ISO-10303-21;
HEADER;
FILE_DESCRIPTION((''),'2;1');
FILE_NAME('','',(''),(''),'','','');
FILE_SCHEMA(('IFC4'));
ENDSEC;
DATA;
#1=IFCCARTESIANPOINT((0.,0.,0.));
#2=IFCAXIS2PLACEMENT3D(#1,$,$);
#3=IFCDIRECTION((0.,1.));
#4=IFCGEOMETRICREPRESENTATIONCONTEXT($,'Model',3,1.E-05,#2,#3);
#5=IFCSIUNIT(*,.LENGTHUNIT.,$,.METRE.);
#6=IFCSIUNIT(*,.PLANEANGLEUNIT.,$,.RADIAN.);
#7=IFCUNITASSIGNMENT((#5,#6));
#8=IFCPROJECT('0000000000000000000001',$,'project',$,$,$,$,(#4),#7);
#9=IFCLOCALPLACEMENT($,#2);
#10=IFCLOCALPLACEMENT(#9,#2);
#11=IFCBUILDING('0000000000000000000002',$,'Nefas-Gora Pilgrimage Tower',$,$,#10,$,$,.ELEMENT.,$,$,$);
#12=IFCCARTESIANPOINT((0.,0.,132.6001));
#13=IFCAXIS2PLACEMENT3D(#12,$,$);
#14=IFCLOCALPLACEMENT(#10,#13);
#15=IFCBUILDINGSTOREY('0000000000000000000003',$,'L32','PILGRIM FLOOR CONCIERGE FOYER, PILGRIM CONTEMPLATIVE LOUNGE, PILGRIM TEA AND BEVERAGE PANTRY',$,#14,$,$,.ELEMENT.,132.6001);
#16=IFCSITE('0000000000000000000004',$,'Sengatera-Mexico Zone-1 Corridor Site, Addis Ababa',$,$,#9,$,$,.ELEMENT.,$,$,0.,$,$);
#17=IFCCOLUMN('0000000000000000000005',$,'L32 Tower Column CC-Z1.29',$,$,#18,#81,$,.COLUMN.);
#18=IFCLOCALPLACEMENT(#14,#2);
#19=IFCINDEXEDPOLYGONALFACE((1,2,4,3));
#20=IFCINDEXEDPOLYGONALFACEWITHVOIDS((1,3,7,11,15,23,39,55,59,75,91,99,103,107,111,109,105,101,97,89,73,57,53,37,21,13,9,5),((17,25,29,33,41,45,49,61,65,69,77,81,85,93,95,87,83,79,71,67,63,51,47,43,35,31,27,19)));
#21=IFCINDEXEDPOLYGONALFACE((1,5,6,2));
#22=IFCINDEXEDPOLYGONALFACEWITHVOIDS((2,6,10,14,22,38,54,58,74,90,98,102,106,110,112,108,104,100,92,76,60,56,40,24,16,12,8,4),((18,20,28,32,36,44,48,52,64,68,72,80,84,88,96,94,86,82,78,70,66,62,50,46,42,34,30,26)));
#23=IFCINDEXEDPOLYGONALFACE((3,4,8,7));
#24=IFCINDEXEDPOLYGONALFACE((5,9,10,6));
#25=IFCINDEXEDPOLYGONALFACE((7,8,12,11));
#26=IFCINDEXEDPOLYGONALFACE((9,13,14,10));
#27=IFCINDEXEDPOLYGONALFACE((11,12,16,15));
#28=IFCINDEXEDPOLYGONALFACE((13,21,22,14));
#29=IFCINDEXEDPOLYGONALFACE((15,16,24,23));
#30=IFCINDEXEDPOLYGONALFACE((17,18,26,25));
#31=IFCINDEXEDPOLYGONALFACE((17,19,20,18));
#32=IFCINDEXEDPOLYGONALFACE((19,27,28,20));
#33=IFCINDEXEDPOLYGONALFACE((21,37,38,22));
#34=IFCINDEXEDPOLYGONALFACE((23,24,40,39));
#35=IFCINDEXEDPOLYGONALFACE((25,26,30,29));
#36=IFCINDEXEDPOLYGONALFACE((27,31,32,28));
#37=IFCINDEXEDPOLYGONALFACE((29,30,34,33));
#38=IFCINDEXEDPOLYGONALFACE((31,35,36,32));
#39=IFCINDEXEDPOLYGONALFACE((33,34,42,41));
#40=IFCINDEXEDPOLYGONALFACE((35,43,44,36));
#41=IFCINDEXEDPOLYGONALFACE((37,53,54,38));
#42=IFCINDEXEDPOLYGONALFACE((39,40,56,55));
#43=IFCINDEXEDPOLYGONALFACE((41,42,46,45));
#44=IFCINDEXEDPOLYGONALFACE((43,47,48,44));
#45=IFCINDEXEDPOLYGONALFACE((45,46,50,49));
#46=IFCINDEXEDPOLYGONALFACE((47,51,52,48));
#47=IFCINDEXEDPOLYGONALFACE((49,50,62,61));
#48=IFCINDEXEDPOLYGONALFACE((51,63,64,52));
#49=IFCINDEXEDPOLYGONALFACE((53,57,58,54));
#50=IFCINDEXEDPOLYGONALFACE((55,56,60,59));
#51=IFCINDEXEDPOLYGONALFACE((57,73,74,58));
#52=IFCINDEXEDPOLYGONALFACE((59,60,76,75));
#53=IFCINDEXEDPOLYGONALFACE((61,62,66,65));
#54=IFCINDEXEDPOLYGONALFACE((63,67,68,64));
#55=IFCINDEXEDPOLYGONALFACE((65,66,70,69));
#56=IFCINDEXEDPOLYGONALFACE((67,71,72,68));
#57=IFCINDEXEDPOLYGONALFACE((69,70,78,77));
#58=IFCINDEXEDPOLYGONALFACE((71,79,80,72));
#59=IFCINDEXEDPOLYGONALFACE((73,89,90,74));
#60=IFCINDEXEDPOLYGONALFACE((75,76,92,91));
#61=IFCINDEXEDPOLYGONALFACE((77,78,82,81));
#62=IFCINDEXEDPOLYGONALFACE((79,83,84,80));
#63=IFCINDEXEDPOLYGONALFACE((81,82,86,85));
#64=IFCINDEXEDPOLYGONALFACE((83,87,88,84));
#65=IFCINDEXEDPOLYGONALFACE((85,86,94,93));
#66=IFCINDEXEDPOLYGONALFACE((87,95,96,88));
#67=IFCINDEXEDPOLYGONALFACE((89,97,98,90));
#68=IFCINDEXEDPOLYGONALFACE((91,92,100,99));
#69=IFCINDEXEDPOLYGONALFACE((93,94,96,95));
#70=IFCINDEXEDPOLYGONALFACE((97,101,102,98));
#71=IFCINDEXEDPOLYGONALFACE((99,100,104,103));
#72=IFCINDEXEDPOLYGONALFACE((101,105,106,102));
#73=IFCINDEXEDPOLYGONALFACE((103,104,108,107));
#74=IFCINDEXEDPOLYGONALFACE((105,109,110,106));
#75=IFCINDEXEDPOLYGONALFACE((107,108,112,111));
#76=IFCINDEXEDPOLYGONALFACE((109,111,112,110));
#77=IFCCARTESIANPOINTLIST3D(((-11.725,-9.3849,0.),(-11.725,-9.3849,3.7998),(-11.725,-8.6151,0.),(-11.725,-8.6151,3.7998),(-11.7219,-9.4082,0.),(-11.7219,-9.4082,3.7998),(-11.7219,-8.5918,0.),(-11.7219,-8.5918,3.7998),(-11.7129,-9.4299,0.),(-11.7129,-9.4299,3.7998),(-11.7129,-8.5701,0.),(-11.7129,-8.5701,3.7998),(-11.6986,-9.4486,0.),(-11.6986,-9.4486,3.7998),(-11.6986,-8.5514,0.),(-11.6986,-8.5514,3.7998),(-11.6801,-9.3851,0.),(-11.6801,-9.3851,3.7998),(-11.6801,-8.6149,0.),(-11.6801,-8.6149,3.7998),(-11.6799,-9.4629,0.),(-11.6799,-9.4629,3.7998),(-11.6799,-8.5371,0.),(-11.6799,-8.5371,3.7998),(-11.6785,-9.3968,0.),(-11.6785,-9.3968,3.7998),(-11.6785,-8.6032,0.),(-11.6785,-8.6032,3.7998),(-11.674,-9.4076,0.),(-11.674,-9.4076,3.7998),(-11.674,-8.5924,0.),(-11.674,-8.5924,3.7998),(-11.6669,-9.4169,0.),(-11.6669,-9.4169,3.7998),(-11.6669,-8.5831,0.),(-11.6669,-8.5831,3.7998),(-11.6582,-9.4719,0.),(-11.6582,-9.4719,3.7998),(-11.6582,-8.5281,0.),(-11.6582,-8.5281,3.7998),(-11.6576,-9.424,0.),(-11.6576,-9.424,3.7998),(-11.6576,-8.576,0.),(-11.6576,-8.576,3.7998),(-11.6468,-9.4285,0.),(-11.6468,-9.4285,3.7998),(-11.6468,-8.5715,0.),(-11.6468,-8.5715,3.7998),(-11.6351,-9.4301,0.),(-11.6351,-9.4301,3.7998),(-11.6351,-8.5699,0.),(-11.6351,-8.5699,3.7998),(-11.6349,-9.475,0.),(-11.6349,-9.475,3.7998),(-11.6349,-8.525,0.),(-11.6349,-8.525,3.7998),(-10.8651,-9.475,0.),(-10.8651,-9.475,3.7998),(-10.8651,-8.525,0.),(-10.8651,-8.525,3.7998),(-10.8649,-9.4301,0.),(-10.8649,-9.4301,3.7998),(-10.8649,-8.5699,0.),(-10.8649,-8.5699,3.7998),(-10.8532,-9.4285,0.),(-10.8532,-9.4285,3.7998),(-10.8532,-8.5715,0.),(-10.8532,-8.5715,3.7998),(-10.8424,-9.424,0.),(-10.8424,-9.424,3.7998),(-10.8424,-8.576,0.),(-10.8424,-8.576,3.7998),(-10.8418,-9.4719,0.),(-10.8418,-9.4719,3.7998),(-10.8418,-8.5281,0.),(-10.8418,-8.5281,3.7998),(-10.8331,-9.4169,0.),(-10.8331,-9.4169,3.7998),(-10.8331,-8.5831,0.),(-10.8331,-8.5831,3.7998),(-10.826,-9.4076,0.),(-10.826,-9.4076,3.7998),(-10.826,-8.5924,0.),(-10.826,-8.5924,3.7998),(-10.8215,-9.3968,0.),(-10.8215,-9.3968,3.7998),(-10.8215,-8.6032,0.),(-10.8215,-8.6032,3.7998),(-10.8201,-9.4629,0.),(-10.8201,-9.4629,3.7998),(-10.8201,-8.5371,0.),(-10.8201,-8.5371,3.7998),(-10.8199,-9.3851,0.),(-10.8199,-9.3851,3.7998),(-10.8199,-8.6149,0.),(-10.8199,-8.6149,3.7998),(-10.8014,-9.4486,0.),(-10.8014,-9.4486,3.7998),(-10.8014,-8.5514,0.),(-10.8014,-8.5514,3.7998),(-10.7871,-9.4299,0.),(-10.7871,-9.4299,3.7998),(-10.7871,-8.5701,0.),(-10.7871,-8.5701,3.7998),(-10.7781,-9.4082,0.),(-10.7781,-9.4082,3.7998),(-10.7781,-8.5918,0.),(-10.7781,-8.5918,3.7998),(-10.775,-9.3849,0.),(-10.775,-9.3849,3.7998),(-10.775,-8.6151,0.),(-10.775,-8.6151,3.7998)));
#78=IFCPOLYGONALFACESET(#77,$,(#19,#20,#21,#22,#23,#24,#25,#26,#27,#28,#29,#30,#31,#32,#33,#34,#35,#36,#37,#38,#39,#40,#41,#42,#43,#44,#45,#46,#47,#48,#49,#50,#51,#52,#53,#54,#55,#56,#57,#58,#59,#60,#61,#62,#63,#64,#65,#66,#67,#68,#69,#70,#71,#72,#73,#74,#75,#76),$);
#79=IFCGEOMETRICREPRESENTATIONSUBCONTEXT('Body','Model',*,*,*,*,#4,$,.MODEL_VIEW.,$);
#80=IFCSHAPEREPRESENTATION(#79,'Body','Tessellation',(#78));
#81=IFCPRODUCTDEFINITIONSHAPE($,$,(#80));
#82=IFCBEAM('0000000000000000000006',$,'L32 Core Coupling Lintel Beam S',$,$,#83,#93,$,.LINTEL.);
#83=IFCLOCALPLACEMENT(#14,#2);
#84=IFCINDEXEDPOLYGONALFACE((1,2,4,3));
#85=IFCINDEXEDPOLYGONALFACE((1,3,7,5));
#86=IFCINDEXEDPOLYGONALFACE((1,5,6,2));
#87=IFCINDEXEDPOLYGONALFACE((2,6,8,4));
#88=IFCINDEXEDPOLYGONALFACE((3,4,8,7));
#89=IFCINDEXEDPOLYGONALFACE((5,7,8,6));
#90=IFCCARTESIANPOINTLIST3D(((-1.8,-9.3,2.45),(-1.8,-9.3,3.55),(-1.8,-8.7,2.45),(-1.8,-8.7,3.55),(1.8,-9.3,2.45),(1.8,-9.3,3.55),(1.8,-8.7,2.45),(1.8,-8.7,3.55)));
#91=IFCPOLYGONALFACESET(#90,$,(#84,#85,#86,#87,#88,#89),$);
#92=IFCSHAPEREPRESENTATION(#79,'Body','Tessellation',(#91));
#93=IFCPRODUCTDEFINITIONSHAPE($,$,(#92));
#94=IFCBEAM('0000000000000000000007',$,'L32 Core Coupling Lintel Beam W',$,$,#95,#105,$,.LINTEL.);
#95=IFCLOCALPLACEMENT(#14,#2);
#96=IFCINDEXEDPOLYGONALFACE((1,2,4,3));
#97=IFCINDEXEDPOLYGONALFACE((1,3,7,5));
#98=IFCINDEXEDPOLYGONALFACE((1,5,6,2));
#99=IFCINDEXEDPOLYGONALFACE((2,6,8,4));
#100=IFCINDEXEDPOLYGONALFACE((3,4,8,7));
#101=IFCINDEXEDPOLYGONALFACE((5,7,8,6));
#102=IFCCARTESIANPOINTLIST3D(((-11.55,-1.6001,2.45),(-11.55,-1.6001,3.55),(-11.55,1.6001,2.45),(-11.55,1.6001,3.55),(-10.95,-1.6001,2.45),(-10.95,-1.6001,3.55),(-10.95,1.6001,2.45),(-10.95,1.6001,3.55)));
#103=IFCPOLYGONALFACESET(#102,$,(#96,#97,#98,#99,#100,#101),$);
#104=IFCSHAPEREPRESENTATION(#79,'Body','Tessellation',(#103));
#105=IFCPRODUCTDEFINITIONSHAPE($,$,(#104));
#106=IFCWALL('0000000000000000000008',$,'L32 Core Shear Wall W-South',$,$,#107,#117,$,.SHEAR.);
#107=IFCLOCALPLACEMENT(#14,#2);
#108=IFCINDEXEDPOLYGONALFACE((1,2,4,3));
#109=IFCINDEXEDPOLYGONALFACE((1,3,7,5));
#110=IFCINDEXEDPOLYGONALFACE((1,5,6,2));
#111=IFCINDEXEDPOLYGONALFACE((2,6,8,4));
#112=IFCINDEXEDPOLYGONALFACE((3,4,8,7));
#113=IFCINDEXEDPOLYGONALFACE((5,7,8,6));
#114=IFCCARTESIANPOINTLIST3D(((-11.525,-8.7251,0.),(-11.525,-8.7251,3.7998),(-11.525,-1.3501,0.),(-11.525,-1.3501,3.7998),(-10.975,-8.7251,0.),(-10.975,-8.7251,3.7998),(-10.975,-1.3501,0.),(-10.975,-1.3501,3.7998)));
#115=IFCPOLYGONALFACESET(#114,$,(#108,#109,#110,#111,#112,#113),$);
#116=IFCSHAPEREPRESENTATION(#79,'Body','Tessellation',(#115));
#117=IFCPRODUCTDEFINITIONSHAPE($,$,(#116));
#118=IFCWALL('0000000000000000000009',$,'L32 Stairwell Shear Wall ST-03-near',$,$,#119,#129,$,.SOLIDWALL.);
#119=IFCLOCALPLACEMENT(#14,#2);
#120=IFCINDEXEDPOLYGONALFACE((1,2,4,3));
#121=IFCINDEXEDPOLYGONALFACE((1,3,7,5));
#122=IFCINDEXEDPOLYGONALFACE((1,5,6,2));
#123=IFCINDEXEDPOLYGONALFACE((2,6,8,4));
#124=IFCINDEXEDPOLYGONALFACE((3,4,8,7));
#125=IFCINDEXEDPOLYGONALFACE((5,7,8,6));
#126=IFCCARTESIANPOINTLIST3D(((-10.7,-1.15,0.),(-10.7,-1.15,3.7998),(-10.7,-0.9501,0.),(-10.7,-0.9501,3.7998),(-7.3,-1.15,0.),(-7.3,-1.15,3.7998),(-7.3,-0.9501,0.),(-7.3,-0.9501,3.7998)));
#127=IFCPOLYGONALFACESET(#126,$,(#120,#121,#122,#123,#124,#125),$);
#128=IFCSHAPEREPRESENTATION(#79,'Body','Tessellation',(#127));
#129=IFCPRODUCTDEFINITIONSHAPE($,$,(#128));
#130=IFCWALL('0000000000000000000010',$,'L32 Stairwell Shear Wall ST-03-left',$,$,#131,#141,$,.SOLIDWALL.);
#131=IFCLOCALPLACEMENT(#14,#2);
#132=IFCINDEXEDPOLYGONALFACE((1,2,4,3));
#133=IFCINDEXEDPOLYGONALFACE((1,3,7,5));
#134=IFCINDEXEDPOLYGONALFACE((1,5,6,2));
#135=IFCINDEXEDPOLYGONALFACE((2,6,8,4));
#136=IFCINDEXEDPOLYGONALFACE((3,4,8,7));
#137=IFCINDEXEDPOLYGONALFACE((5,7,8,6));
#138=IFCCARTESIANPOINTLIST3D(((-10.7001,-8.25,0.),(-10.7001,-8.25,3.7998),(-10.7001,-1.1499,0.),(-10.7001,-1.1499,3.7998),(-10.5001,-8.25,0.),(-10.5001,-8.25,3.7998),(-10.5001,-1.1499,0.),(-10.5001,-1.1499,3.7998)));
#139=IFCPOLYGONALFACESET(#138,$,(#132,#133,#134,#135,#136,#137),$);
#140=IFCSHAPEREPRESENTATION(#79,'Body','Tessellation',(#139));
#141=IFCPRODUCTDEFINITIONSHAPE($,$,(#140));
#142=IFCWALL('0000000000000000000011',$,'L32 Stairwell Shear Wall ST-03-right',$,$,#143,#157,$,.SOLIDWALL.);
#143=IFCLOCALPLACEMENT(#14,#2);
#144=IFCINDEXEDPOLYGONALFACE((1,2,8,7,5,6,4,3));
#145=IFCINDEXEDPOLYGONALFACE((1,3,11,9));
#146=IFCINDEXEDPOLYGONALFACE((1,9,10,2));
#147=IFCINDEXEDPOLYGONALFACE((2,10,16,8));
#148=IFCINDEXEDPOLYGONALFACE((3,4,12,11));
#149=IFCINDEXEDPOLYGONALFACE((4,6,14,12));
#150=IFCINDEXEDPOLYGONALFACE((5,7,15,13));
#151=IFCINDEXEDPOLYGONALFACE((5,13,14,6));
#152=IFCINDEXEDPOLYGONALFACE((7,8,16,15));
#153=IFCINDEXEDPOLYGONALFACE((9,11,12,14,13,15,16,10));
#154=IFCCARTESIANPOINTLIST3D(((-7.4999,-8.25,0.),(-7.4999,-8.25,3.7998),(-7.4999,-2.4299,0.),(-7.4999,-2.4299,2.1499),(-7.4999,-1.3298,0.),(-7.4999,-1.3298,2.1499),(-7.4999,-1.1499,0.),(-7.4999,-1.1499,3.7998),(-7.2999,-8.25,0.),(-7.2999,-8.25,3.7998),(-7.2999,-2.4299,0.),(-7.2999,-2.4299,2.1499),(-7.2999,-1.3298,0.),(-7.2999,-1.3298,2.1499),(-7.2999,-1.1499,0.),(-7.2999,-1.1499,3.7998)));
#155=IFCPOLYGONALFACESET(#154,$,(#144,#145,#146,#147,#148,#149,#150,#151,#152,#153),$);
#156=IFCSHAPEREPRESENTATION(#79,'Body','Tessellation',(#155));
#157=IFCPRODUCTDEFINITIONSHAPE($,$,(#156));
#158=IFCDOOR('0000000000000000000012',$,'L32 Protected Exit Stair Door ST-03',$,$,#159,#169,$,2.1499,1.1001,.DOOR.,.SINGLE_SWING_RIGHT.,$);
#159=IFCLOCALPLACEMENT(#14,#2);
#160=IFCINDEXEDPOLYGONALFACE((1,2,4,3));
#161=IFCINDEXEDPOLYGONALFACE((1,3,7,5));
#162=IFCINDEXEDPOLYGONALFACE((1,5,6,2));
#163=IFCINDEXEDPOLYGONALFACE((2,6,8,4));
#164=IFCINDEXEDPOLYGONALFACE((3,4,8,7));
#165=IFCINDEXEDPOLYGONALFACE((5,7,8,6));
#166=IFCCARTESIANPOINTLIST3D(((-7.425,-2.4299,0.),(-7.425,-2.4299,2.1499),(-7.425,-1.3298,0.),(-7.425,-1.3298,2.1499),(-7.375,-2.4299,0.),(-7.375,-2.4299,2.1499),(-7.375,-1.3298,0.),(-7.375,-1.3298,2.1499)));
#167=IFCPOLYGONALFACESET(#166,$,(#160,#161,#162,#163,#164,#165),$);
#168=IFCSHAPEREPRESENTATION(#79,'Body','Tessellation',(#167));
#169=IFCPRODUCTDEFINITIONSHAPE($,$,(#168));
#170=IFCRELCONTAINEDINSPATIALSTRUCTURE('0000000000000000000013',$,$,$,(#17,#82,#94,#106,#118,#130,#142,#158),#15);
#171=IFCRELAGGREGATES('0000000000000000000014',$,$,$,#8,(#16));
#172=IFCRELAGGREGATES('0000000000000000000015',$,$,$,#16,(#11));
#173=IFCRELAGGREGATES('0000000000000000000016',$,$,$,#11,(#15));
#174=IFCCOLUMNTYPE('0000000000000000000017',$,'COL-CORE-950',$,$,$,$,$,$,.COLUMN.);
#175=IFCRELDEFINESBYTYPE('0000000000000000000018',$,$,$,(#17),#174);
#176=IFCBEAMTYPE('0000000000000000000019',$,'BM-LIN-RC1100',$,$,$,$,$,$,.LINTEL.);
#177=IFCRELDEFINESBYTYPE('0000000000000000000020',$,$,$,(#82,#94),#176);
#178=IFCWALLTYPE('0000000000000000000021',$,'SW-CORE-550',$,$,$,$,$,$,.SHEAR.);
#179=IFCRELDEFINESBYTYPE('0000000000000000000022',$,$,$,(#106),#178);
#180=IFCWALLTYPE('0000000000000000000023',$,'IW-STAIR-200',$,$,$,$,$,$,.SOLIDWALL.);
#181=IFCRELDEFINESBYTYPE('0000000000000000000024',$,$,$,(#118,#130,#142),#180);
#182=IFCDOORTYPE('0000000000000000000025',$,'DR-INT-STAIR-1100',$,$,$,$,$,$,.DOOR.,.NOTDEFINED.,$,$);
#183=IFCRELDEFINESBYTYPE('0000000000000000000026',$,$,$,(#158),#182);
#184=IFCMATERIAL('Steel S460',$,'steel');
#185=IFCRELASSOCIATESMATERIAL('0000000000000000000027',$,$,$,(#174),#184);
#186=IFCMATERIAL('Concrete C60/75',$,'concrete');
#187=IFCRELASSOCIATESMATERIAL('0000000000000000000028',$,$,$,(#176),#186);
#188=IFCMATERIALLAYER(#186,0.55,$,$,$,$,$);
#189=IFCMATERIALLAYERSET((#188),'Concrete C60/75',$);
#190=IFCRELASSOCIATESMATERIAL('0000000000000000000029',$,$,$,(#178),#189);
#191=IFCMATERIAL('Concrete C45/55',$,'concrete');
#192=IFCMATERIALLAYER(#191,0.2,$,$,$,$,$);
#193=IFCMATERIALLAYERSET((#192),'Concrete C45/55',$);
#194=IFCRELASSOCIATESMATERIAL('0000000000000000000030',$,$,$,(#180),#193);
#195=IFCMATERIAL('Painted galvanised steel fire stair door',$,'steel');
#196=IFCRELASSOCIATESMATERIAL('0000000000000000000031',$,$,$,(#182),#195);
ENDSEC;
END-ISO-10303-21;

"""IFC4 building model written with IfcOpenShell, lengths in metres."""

from ifc_helpers import new_model, si_unit, direction, frame, frame_2d, origin, origin_2d, place, context, subcontext, project, spatial, rectangle, hollow_rectangle, extrude, source, transform, mapped, material, layer, layer_set, material_profile, profile_set, type_object, element, fill, save


model = new_model("IFC4")

# Units and contexts
model_context = context("Model", 3, precision=1e-05, world=origin(), true_north=direction((0.0, 1.0)))
body_context = subcontext(model_context, "Body", "Model", "MODEL_VIEW")
ifc_project = project(units=[si_unit("LENGTHUNIT", "METRE"), si_unit("PLANEANGLEUNIT", "RADIAN")], contexts=[model_context])

# Site, building, storey
site_placement = place(None, origin())
site = spatial("IfcSite", under=ifc_project, at=site_placement, Name="Sengatera-Mexico Zone-1 Corridor Site, Addis Ababa", CompositionType="ELEMENT", RefElevation=0.0)
building_placement = place(site_placement, origin())
building = spatial("IfcBuilding", under=site, at=building_placement, Name="Nefas-Gora Pilgrimage Tower", CompositionType="ELEMENT")
storey_placement = place(building_placement, frame((0.0, 0.0, 132.6001)))
storey = spatial("IfcBuildingStorey", under=building, at=storey_placement, Name="L32", Description="PILGRIM FLOOR CONCIERGE FOYER, PILGRIM CONTEMPLATIVE LOUNGE, PILGRIM TEA AND BEVERAGE PANTRY", CompositionType="ELEMENT", Elevation=132.6001)

# Column
ifc_material_1 = material(Name="Steel S460", Category="steel")
ifc_material_profile_1 = material_profile(ifc_material_1, hollow_rectangle(XDim=0.95, YDim=0.95, WallThickness=0.0449, InnerFilletRadius=0.0449, OuterFilletRadius=0.0901, at=origin_2d()), Name="BOX 950x950x45")
ifc_profile_set_1 = profile_set([ifc_material_profile_1], Name="Steel S460")
column_type = type_object("IfcColumnType", Name="COL-CORE-950", PredefinedType="COLUMN", material=ifc_profile_set_1)
shared_shape_1 = source(origin(), body_context, "Body", "SweptSolid", [
    extrude(hollow_rectangle(XDim=0.95, YDim=0.95, WallThickness=0.0449, InnerFilletRadius=0.0449, OuterFilletRadius=0.0901, at=origin_2d()), origin(), (0.0, 0.0, 1.0), 3.7998),
])
column_placement = place(storey_placement, frame((-11.25, -9.0, 0.0), z_axis=(0.0, 0.0, 1.0), x_axis=(1.0, 0.0, 0.0)))
element("IfcColumn", 1, at=column_placement, inside=storey, type_object=column_type, Name="L32 Tower Column CC-Z1.29", PredefinedType="COLUMN", context=body_context, shape_type="MappedRepresentation", body=[
    mapped(shared_shape_1, transform((0.0, 0.0, 0.0), x_axis=(1.0, 0.0, 0.0), y_axis=(0.0, 1.0, 0.0), z_axis=(0.0, 0.0, 1.0), scale=1.0)),
])

# Beams
ifc_material_2 = material(Name="Concrete C60/75", Category="concrete")
ifc_material_profile_2 = material_profile(ifc_material_2, rectangle(XDim=0.6001, YDim=1.1001, at=origin_2d()), Name="RC 600x1100")
ifc_profile_set_2 = profile_set([ifc_material_profile_2], Name="Concrete C60/75")
beam_type = type_object("IfcBeamType", Name="BM-LIN-RC1100", PredefinedType="LINTEL", material=ifc_profile_set_2)
shared_shape_2 = source(origin(), body_context, "Body", "SweptSolid", [
    extrude(rectangle(XDim=0.6001, YDim=1.1001, at=origin_2d()), origin(), (0.0, 0.0, 1.0), 3.6001),
])
beam_1_placement = place(storey_placement, frame((-1.8, -9.0, 3.0), z_axis=(1.0, 0.0, 0.0), x_axis=(0.0, 1.0, 0.0)))
element("IfcBeam", 2, at=beam_1_placement, inside=storey, type_object=beam_type, Name="L32 Core Coupling Lintel Beam S", PredefinedType="LINTEL", context=body_context, shape_type="MappedRepresentation", body=[
    mapped(shared_shape_2, transform((0.0, 0.0, 0.0), x_axis=(1.0, 0.0, 0.0), y_axis=(0.0, 1.0, 0.0), z_axis=(0.0, 0.0, 1.0), scale=1.0)),
])
shared_shape_3 = source(origin(), body_context, "Body", "SweptSolid", [
    extrude(rectangle(XDim=0.6001, YDim=1.1001, at=origin_2d()), origin(), (0.0, 0.0, 1.0), 3.2002),
])
beam_2_placement = place(storey_placement, frame((-11.25, -1.6001, 3.0), z_axis=(0.0, 1.0, 0.0), x_axis=(-1.0, 0.0, 0.0)))
element("IfcBeam", 3, at=beam_2_placement, inside=storey, type_object=beam_type, Name="L32 Core Coupling Lintel Beam W", PredefinedType="LINTEL", context=body_context, shape_type="MappedRepresentation", body=[
    mapped(shared_shape_3, transform((0.0, 0.0, 0.0), x_axis=(1.0, 0.0, 0.0), y_axis=(0.0, 1.0, 0.0), z_axis=(0.0, 0.0, 1.0), scale=1.0)),
])

# Walls
ifc_layer_1 = layer(ifc_material_2, 0.55)
ifc_layer_set_1 = layer_set([ifc_layer_1], Name="Concrete C60/75")
wall_type_1 = type_object("IfcWallType", Name="SW-CORE-550", PredefinedType="SHEAR", material=ifc_layer_set_1)
shared_shape_4 = source(origin(), body_context, "Body", "SweptSolid", [
    extrude(rectangle(XDim=7.375, YDim=0.55, at=frame_2d((3.6875, 0.0))), origin(), (0.0, 0.0, 1.0), 3.7998),
])
wall_1_placement = place(storey_placement, frame((-11.25, -8.7251, 0.0), z_axis=(0.0, 0.0, 1.0), x_axis=(0.0, 1.0, 0.0)))
element("IfcWall", 4, at=wall_1_placement, inside=storey, type_object=wall_type_1, Name="L32 Core Shear Wall W-South", PredefinedType="SHEAR", context=body_context, shape_type="MappedRepresentation", body=[
    mapped(shared_shape_4, transform((0.0, 0.0, 0.0), x_axis=(1.0, 0.0, 0.0), y_axis=(0.0, 1.0, 0.0), z_axis=(0.0, 0.0, 1.0), scale=1.0)),
])
ifc_material_3 = material(Name="Concrete C45/55", Category="concrete")
ifc_layer_2 = layer(ifc_material_3, 0.2)
ifc_layer_set_2 = layer_set([ifc_layer_2], Name="Concrete C45/55")
wall_type_2 = type_object("IfcWallType", Name="IW-STAIR-200", PredefinedType="SOLIDWALL", material=ifc_layer_set_2)
shared_shape_5 = source(origin(), body_context, "Body", "SweptSolid", [
    extrude(rectangle(XDim=3.3999, YDim=0.2, at=frame_2d((1.7, 0.0))), origin(), (0.0, 0.0, 1.0), 3.7998),
])
wall_2_placement = place(storey_placement, frame((-10.7, -1.05, 0.0), z_axis=(0.0, 0.0, 1.0), x_axis=(1.0, 0.0, 0.0)))
element("IfcWall", 5, at=wall_2_placement, inside=storey, type_object=wall_type_2, Name="L32 Stairwell Shear Wall ST-03-near", PredefinedType="SOLIDWALL", context=body_context, shape_type="MappedRepresentation", body=[
    mapped(shared_shape_5, transform((0.0, 0.0, 0.0), x_axis=(1.0, 0.0, 0.0), y_axis=(0.0, 1.0, 0.0), z_axis=(0.0, 0.0, 1.0), scale=1.0)),
])
shared_shape_6 = source(origin(), body_context, "Body", "SweptSolid", [
    extrude(rectangle(XDim=7.1001, YDim=0.2, at=frame_2d((3.55, 0.0))), origin(), (0.0, 0.0, 1.0), 3.7998),
])
wall_3_placement = place(storey_placement, frame((-10.6001, -1.1499, 0.0), z_axis=(0.0, 0.0, 1.0), x_axis=(0.0, -1.0, 0.0)))
element("IfcWall", 6, at=wall_3_placement, inside=storey, type_object=wall_type_2, Name="L32 Stairwell Shear Wall ST-03-left", PredefinedType="SOLIDWALL", context=body_context, shape_type="MappedRepresentation", body=[
    mapped(shared_shape_6, transform((0.0, 0.0, 0.0), x_axis=(1.0, 0.0, 0.0), y_axis=(0.0, 1.0, 0.0), z_axis=(0.0, 0.0, 1.0), scale=1.0)),
])

# Wall, opening, door
wall_4_placement = place(storey_placement, frame((-7.3999, -1.1499, 0.0), z_axis=(0.0, 0.0, 1.0), x_axis=(0.0, -1.0, 0.0)))
wall_4 = element("IfcWall", 7, at=wall_4_placement, inside=storey, type_object=wall_type_2, Name="L32 Stairwell Shear Wall ST-03-right", PredefinedType="SOLIDWALL", context=body_context, shape_type="MappedRepresentation", body=[
    mapped(shared_shape_6, transform((0.0, 0.0, 0.0), x_axis=(1.0, 0.0, 0.0), y_axis=(0.0, 1.0, 0.0), z_axis=(0.0, 0.0, 1.0), scale=1.0)),
])
opening_1_placement = place(wall_4_placement, frame((0.1799, 0.0, 0.0)))
opening_1 = element("IfcOpeningElement", 8, at=opening_1_placement, cuts=wall_4, PredefinedType="OPENING", context=body_context, shape_type="SweptSolid", body=[
    extrude(rectangle(XDim=1.1001, YDim=2.1499, at=frame_2d((0.55, 1.075))), frame((0.0, 0.1099, 0.0), z_axis=(0.0, -1.0, 0.0), x_axis=(1.0, 0.0, 0.0)), (0.0, 0.0, 1.0), 0.22),
])
ifc_material_4 = material(Name="Painted galvanised steel fire stair door", Category="steel")
door_type_1 = type_object("IfcDoorType", Name="DR-INT-STAIR-1100", OperationType="NOTDEFINED", PredefinedType="DOOR", material=ifc_material_4)
shared_shape_7 = source(origin(), body_context, "Body", "SweptSolid", [
    extrude(rectangle(XDim=1.1001, YDim=2.1499, at=frame_2d((0.55, 1.075))), frame((0.0, 0.0249, 0.0), z_axis=(0.0, -1.0, 0.0), x_axis=(1.0, 0.0, 0.0)), (0.0, 0.0, 1.0), 0.05),
])
door_1_placement = place(opening_1_placement, origin())
door_1 = element("IfcDoor", 9, at=door_1_placement, inside=storey, type_object=door_type_1, Name="L32 Protected Exit Stair Door ST-03", OperationType="SINGLE_SWING_RIGHT", OverallHeight=2.1499, OverallWidth=1.1001, PredefinedType="DOOR", context=body_context, shape_type="MappedRepresentation", body=[
    mapped(shared_shape_7, transform((0.0, 0.0, 0.0), x_axis=(1.0, 0.0, 0.0), y_axis=(0.0, 1.0, 0.0), z_axis=(0.0, 0.0, 1.0), scale=1.0)),
])
fill(opening_1, door_1)

save(model, "model.ifc")
